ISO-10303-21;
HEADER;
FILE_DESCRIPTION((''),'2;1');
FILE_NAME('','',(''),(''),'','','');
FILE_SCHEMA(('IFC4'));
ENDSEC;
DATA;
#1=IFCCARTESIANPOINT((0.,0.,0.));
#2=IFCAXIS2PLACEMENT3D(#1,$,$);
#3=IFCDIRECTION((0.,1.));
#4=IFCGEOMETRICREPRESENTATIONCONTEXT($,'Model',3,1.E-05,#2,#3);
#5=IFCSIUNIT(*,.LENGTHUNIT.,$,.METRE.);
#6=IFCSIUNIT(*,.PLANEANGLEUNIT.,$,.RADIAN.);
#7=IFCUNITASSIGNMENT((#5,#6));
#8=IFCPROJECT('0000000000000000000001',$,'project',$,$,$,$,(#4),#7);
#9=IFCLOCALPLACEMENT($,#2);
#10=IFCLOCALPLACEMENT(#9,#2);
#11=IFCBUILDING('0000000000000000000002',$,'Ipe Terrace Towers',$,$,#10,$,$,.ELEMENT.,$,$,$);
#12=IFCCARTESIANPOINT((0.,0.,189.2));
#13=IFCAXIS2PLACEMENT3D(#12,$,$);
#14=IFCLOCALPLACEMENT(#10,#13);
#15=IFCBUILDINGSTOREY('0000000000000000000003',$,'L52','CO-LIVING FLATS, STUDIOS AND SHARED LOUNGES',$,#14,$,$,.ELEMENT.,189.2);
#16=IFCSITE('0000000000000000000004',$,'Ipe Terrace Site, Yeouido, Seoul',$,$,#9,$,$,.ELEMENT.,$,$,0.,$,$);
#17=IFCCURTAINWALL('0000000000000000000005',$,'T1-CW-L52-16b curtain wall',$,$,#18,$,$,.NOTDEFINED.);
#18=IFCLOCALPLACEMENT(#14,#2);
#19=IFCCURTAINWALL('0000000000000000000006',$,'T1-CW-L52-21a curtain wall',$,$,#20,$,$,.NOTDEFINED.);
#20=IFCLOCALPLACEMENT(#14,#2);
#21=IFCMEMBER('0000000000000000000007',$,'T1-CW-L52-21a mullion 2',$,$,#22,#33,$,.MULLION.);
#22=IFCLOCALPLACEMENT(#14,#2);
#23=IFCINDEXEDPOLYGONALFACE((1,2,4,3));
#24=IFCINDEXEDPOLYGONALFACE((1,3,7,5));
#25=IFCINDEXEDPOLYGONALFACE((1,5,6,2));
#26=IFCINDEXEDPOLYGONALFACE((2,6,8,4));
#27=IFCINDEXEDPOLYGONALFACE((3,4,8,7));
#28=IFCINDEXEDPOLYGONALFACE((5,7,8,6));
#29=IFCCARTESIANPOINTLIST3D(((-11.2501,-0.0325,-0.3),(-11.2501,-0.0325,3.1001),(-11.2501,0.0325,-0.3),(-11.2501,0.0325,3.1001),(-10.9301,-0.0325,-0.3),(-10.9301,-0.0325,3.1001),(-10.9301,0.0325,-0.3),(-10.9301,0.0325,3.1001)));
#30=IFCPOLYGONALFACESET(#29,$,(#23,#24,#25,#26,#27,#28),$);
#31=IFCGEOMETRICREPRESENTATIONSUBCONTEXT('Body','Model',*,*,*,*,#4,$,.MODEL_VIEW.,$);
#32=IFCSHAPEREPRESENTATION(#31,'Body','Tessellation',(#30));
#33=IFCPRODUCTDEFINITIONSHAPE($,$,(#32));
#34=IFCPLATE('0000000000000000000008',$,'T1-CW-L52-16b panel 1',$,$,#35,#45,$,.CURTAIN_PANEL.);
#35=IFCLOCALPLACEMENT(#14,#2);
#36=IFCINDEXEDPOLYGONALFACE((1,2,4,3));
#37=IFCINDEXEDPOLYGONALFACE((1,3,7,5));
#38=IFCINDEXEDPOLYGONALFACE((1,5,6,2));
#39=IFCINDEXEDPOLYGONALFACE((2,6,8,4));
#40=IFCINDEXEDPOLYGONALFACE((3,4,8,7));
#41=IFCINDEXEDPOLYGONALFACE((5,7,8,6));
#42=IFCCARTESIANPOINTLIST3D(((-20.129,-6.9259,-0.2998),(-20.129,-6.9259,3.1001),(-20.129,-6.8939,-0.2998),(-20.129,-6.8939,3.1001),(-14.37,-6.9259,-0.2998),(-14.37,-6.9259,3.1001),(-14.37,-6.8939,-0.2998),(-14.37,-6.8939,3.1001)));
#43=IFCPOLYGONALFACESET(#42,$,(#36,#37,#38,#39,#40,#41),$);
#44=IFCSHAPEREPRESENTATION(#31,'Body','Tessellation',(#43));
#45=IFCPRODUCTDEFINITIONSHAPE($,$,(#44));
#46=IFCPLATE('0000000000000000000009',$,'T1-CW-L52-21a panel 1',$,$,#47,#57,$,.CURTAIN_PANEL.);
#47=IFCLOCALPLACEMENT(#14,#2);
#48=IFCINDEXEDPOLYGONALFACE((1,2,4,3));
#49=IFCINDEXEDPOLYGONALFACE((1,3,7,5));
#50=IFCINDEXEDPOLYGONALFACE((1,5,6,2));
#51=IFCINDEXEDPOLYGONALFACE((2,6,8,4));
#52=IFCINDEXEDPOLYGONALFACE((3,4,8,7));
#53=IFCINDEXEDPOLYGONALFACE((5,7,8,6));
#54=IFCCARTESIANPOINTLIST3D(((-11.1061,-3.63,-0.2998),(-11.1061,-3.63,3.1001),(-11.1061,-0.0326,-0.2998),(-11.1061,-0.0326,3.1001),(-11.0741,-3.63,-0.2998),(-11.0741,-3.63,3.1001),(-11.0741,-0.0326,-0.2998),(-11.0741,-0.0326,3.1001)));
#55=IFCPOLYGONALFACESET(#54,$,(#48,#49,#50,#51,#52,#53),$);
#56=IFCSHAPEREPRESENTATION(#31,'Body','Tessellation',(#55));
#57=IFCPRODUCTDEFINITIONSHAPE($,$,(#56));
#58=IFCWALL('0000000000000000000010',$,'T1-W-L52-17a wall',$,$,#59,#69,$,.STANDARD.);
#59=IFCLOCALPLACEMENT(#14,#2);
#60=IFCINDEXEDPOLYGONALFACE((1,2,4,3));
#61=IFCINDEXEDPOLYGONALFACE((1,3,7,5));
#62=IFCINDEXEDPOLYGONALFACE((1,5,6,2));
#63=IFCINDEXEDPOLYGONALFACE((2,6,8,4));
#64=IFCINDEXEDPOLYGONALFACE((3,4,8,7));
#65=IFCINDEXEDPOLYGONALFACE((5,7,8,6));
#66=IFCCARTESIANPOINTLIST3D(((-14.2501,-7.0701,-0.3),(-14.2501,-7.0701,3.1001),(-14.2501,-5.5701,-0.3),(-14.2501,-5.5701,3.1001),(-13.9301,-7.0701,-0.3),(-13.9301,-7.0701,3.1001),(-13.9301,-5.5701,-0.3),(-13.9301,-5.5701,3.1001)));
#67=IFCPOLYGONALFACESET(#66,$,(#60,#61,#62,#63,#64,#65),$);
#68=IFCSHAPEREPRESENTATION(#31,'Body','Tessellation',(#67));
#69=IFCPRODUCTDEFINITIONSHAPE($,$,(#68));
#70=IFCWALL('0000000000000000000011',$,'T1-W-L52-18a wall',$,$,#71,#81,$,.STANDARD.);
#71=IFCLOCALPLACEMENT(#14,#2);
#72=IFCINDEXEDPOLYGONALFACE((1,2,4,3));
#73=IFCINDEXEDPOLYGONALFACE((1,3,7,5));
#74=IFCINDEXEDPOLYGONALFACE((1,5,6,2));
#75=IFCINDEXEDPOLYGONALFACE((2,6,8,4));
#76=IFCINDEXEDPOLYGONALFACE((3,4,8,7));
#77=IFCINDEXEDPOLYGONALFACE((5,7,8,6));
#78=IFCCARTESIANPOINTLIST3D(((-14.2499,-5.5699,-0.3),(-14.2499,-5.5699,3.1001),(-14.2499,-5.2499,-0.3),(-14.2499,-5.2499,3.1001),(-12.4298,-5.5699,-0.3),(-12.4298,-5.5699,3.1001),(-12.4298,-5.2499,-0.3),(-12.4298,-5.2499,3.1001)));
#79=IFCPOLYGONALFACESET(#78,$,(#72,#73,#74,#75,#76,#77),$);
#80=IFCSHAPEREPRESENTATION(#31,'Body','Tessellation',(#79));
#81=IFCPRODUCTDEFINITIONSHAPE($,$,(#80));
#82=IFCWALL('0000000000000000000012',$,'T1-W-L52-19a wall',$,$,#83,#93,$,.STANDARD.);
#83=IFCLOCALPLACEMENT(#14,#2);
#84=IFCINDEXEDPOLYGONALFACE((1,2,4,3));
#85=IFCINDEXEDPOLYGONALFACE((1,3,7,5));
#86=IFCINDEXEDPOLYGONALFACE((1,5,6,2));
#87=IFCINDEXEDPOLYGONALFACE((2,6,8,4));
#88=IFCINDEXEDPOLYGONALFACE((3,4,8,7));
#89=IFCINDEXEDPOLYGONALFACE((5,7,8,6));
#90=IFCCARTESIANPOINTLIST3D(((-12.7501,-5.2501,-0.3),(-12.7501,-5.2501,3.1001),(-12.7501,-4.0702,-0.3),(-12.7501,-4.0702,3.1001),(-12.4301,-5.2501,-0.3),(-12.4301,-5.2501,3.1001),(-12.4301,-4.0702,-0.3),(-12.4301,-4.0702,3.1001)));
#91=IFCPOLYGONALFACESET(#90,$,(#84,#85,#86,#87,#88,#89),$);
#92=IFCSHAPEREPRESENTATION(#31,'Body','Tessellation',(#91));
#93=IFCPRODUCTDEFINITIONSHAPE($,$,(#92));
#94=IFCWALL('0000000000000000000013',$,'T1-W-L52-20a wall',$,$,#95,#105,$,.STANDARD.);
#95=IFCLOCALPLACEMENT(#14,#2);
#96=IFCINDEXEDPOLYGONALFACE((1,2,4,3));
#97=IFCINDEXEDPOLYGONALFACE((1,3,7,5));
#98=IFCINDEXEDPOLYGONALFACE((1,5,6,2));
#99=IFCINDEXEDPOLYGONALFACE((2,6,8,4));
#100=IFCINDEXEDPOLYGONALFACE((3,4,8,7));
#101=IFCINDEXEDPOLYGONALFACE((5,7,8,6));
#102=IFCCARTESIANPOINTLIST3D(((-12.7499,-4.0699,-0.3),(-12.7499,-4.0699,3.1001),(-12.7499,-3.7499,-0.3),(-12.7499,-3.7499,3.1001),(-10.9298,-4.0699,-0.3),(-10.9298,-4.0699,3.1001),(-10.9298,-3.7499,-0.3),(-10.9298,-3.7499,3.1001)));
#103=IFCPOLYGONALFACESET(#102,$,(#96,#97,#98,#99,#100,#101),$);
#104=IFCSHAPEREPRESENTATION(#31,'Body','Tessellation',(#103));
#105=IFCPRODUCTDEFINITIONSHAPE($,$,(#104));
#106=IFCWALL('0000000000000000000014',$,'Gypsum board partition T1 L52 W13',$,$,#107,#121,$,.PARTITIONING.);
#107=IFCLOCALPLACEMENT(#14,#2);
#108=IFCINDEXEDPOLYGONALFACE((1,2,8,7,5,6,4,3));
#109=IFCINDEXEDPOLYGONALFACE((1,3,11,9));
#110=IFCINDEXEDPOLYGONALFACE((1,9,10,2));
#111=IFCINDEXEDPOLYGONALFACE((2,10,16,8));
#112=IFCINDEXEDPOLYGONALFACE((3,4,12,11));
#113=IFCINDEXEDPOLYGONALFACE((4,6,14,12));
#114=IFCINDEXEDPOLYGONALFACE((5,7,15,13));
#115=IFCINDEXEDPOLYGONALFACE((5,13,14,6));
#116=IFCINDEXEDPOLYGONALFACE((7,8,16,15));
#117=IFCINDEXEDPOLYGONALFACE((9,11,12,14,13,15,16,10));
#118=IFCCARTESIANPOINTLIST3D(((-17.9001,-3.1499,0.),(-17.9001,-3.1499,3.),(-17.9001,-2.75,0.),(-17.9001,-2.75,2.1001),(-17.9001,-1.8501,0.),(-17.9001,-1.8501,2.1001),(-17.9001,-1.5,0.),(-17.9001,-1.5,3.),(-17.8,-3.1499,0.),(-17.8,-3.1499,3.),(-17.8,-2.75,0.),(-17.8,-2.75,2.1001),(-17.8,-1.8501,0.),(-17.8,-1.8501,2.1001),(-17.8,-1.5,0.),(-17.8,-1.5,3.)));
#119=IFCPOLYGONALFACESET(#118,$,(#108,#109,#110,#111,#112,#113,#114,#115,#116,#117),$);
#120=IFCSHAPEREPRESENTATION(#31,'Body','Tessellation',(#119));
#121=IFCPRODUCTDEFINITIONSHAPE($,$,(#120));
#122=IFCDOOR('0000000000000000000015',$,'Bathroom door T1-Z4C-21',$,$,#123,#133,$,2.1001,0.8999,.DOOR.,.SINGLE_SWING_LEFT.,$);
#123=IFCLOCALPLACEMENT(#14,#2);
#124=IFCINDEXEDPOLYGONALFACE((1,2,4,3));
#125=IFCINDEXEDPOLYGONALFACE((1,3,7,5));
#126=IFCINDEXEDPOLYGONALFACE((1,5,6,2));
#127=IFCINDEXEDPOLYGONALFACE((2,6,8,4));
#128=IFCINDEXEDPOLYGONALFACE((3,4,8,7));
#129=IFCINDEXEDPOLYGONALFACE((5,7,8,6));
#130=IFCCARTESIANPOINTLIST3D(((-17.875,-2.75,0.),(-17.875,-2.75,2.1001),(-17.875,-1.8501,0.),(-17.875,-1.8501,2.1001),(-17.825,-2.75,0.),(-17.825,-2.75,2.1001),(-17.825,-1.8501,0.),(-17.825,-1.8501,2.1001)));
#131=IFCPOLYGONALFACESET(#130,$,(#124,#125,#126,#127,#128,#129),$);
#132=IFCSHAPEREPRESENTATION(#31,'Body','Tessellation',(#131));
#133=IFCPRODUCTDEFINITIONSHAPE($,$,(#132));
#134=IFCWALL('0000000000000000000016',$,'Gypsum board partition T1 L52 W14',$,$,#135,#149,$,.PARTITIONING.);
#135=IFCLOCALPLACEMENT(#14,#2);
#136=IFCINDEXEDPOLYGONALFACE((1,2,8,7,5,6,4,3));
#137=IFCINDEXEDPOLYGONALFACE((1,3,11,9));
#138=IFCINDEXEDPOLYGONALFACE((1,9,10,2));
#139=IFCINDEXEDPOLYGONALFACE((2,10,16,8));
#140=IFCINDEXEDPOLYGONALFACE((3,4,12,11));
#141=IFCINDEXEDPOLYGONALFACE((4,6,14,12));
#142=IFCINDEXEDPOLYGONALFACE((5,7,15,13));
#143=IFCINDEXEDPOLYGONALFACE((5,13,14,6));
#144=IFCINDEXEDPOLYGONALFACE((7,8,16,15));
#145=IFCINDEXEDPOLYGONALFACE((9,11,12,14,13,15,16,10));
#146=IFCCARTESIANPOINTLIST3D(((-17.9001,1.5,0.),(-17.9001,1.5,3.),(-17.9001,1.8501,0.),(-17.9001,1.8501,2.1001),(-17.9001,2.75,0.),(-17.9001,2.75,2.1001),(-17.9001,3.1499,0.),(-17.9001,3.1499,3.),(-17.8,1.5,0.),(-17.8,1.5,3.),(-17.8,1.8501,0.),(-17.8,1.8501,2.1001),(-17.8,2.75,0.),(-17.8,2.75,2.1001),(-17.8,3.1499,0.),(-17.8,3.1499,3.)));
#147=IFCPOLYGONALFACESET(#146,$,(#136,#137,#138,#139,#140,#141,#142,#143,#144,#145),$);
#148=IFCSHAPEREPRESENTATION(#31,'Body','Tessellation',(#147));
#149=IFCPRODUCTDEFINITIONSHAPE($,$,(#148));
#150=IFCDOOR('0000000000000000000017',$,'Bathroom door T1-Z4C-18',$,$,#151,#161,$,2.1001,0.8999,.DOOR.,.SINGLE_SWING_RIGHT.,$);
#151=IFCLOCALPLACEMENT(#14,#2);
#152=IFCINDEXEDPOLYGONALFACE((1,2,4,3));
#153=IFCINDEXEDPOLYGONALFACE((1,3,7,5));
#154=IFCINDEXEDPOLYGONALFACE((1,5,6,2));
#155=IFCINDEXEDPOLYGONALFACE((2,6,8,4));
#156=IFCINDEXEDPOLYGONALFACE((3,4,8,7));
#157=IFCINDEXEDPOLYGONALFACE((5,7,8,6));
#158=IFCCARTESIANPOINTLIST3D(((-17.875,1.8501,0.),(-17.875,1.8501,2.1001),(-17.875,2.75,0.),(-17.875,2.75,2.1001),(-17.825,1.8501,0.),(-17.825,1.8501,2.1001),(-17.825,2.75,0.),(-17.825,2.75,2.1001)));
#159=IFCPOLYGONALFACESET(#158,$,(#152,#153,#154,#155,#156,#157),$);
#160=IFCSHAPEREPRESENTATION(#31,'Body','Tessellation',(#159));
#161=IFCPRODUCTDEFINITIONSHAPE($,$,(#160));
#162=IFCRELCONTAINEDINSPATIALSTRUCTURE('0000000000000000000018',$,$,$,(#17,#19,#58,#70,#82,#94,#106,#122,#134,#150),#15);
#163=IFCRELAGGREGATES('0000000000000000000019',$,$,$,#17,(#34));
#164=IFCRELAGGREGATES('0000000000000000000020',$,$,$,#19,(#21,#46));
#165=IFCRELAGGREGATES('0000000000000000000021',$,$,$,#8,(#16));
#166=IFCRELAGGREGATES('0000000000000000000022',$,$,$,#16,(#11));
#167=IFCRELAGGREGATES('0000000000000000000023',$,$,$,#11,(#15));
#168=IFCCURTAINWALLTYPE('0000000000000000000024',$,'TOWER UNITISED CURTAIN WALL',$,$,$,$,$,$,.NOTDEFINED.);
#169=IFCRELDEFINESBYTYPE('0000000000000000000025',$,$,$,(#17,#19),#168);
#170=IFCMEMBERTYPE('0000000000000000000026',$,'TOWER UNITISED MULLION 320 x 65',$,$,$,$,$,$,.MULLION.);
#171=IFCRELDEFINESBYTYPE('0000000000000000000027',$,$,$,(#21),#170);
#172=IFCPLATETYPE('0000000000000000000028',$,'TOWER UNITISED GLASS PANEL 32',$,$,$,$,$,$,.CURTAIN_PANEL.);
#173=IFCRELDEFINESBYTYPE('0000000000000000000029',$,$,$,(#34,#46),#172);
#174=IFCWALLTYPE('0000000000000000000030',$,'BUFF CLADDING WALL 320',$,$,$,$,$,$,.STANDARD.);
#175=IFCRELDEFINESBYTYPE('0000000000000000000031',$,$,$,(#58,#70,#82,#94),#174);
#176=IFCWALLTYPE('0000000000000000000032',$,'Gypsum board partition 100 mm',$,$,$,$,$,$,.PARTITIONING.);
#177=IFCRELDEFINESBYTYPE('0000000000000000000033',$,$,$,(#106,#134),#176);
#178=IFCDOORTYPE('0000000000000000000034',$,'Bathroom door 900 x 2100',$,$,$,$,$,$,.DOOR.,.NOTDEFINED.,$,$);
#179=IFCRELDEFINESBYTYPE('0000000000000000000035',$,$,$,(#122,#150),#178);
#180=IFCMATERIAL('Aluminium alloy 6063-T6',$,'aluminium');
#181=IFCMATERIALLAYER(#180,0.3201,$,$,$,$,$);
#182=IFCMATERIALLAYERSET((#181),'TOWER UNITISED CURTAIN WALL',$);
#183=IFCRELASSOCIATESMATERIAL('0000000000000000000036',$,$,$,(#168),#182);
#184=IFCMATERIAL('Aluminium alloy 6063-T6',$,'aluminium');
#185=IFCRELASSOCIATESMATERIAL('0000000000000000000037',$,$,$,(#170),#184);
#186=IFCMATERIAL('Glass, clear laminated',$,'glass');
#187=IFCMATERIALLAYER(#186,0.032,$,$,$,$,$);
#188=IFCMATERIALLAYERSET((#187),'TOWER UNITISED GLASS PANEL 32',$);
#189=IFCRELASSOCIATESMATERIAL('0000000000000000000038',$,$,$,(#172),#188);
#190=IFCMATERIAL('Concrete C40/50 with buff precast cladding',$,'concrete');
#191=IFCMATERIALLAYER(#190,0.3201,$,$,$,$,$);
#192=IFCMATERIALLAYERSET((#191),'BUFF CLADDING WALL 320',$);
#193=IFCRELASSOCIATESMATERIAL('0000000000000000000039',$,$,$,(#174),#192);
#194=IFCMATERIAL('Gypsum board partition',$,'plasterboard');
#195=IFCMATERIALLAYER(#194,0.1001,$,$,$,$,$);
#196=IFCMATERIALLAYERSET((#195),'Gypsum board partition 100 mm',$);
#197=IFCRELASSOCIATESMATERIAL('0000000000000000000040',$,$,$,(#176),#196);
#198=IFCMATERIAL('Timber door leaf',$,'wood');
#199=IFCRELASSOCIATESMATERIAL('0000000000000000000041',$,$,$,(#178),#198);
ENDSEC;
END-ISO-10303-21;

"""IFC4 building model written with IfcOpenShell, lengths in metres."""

from ifc_helpers import new_model, si_unit, direction, frame, frame_2d, origin, origin_2d, place, context, subcontext, project, spatial, rectangle, extrude, material, layer, layer_set, material_profile, profile_set, type_object, element, fill, aggregate, save


model = new_model("IFC4")

# Units and contexts
model_context = context("Model", 3, precision=1e-05, world=origin(), true_north=direction((0.0, 1.0)))
body_context = subcontext(model_context, "Body", "Model", "MODEL_VIEW")
ifc_project = project(units=[si_unit("LENGTHUNIT", "METRE"), si_unit("PLANEANGLEUNIT", "RADIAN")], contexts=[model_context])

# Site, building, storey
site_placement = place(None, origin())
site = spatial("IfcSite", under=ifc_project, at=site_placement, Name="Ipe Terrace Site, Yeouido, Seoul", CompositionType="ELEMENT", RefElevation=0.0)
building_placement = place(site_placement, origin())
building = spatial("IfcBuilding", under=site, at=building_placement, Name="Ipe Terrace Towers", CompositionType="ELEMENT")
storey_placement = place(building_placement, frame((0.0, 0.0, 189.2)))
storey = spatial("IfcBuildingStorey", under=building, at=storey_placement, Name="L52", Description="CO-LIVING FLATS, STUDIOS AND SHARED LOUNGES", CompositionType="ELEMENT", Elevation=189.2)

# Curtain wall
ifc_material_1 = material(Name="Aluminium alloy 6063-T6", Category="aluminium")
ifc_layer_1 = layer(ifc_material_1, 0.3201)
ifc_layer_set_1 = layer_set([ifc_layer_1], Name="TOWER UNITISED CURTAIN WALL")
curtain_wall_type = type_object("IfcCurtainWallType", Name="TOWER UNITISED CURTAIN WALL", PredefinedType="NOTDEFINED", material=ifc_layer_set_1)
curtain_wall_1_placement = place(storey_placement, origin())
curtain_wall_1 = element("IfcCurtainWall", 1, at=curtain_wall_1_placement, inside=storey, type_object=curtain_wall_type, Name="T1-CW-L52-16b curtain wall", PredefinedType="NOTDEFINED")

# Curtain wall, member
curtain_wall_2_placement = place(storey_placement, origin())
curtain_wall_2 = element("IfcCurtainWall", 2, at=curtain_wall_2_placement, inside=storey, type_object=curtain_wall_type, Name="T1-CW-L52-21a curtain wall", PredefinedType="NOTDEFINED")
ifc_material_2 = material(Name="Aluminium alloy 6063-T6", Category="aluminium")
ifc_material_profile_1 = material_profile(ifc_material_2, rectangle(XDim=0.3201, YDim=0.0649, at=origin_2d()), Name="TOWER UNITISED MULLION 320 x 65")
ifc_profile_set_1 = profile_set([ifc_material_profile_1], Name="Aluminium alloy 6063-T6")
member_type_1 = type_object("IfcMemberType", Name="TOWER UNITISED MULLION 320 x 65", PredefinedType="MULLION", material=ifc_profile_set_1)
member_1_placement = place(storey_placement, frame((-11.0901, 0.0, -0.3), z_axis=(0.0, 0.0, 1.0), x_axis=(1.0, 0.0, 0.0)))
member_1 = element("IfcMember", 3, at=member_1_placement, type_object=member_type_1, Name="T1-CW-L52-21a mullion 2", PredefinedType="MULLION", context=body_context, shape_type="SweptSolid", body=[
    extrude(rectangle(XDim=0.3201, YDim=0.0649, at=origin_2d()), origin(), (0.0, 0.0, 1.0), 3.4001),
])

# Plates
ifc_material_3 = material(Name="Glass, clear laminated", Category="glass")
ifc_layer_2 = layer(ifc_material_3, 0.032)
ifc_layer_set_2 = layer_set([ifc_layer_2], Name="TOWER UNITISED GLASS PANEL 32")
plate_type = type_object("IfcPlateType", Name="TOWER UNITISED GLASS PANEL 32", PredefinedType="CURTAIN_PANEL", material=ifc_layer_set_2)
plate_1_placement = place(storey_placement, frame((-17.2495, -6.9099, -0.2998), z_axis=(0.0, 0.0, 1.0), x_axis=(1.0, 0.0, 0.0)))
plate_1 = element("IfcPlate", 4, at=plate_1_placement, type_object=plate_type, Name="T1-CW-L52-16b panel 1", PredefinedType="CURTAIN_PANEL", context=body_context, shape_type="SweptSolid", body=[
    extrude(rectangle(XDim=5.759, YDim=0.032, at=origin_2d()), origin(), (0.0, 0.0, 1.0), 3.3999),
])
aggregate(curtain_wall_1, [plate_1])
plate_2_placement = place(storey_placement, frame((-11.0901, -1.8313, -0.2998), z_axis=(0.0, 0.0, 1.0), x_axis=(0.0, 1.0, 0.0)))
plate_2 = element("IfcPlate", 5, at=plate_2_placement, type_object=plate_type, Name="T1-CW-L52-21a panel 1", PredefinedType="CURTAIN_PANEL", context=body_context, shape_type="SweptSolid", body=[
    extrude(rectangle(XDim=3.5974, YDim=0.032, at=origin_2d()), origin(), (0.0, 0.0, 1.0), 3.3999),
])
aggregate(curtain_wall_2, [member_1, plate_2])

# Walls
ifc_material_4 = material(Name="Concrete C40/50 with buff precast cladding", Category="concrete")
ifc_layer_3 = layer(ifc_material_4, 0.3201)
ifc_layer_set_3 = layer_set([ifc_layer_3], Name="BUFF CLADDING WALL 320")
wall_type_1 = type_object("IfcWallType", Name="BUFF CLADDING WALL 320", PredefinedType="STANDARD", material=ifc_layer_set_3)
wall_1_placement = place(storey_placement, frame((-14.0901, -7.0701, -0.3), z_axis=(0.0, 0.0, 1.0), x_axis=(0.0, 1.0, 0.0)))
element("IfcWall", 6, at=wall_1_placement, inside=storey, type_object=wall_type_1, Name="T1-W-L52-17a wall", PredefinedType="STANDARD", context=body_context, shape_type="SweptSolid", body=[
    extrude(rectangle(XDim=1.5, YDim=0.3201, at=frame_2d((0.75, 0.0))), origin(), (0.0, 0.0, 1.0), 3.4001),
])
wall_2_placement = place(storey_placement, frame((-14.25, -5.4099, -0.3), z_axis=(0.0, 0.0, 1.0), x_axis=(1.0, 0.0, 0.0)))
element("IfcWall", 7, at=wall_2_placement, inside=storey, type_object=wall_type_1, Name="T1-W-L52-18a wall", PredefinedType="STANDARD", context=body_context, shape_type="SweptSolid", body=[
    extrude(rectangle(XDim=1.8201, YDim=0.3201, at=frame_2d((0.9102, 0.0))), origin(), (0.0, 0.0, 1.0), 3.4001),
])
wall_3_placement = place(storey_placement, frame((-12.5901, -5.25, -0.3), z_axis=(0.0, 0.0, 1.0), x_axis=(0.0, 1.0, 0.0)))
element("IfcWall", 8, at=wall_3_placement, inside=storey, type_object=wall_type_1, Name="T1-W-L52-19a wall", PredefinedType="STANDARD", context=body_context, shape_type="SweptSolid", body=[
    extrude(rectangle(XDim=1.1799, YDim=0.3201, at=frame_2d((0.5898, 0.0))), origin(), (0.0, 0.0, 1.0), 3.4001),
])
wall_4_placement = place(storey_placement, frame((-12.75, -3.9099, -0.3), z_axis=(0.0, 0.0, 1.0), x_axis=(1.0, 0.0, 0.0)))
element("IfcWall", 9, at=wall_4_placement, inside=storey, type_object=wall_type_1, Name="T1-W-L52-20a wall", PredefinedType="STANDARD", context=body_context, shape_type="SweptSolid", body=[
    extrude(rectangle(XDim=1.8201, YDim=0.3201, at=frame_2d((0.9102, 0.0))), origin(), (0.0, 0.0, 1.0), 3.4001),
])

# Walls, openings, doors
ifc_material_5 = material(Name="Gypsum board partition", Category="plasterboard")
ifc_layer_4 = layer(ifc_material_5, 0.1001)
ifc_layer_set_4 = layer_set([ifc_layer_4], Name="Gypsum board partition 100 mm")
wall_type_2 = type_object("IfcWallType", Name="Gypsum board partition 100 mm", PredefinedType="PARTITIONING", material=ifc_layer_set_4)
wall_5_placement = place(storey_placement, frame((-17.8501, -3.1499, 0.0), z_axis=(0.0, 0.0, 1.0), x_axis=(0.0, 1.0, 0.0)))
wall_5 = element("IfcWall", 10, at=wall_5_placement, inside=storey, type_object=wall_type_2, Name="Gypsum board partition T1 L52 W13", PredefinedType="PARTITIONING", context=body_context, shape_type="SweptSolid", body=[
    extrude(rectangle(XDim=1.6499, YDim=0.1001, at=frame_2d((0.825, 0.0))), origin(), (0.0, 0.0, 1.0), 3.0),
])
opening_1_placement = place(wall_5_placement, frame((0.3999, 0.0, 0.0)))
opening_1 = element("IfcOpeningElement", 11, at=opening_1_placement, cuts=wall_5, PredefinedType="OPENING", context=body_context, shape_type="SweptSolid", body=[
    extrude(rectangle(XDim=0.8999, YDim=2.1001, at=frame_2d((0.45, 1.05))), frame((0.0, 0.0601, 0.0), z_axis=(0.0, -1.0, 0.0), x_axis=(1.0, 0.0, 0.0)), (0.0, 0.0, 1.0), 0.1201),
])
ifc_material_6 = material(Name="Timber door leaf", Category="wood")
door_type_1 = type_object("IfcDoorType", Name="Bathroom door 900 x 2100", OperationType="NOTDEFINED", PredefinedType="DOOR", material=ifc_material_6)
door_1_placement = place(opening_1_placement, origin())
door_1 = element("IfcDoor", 12, at=door_1_placement, inside=storey, type_object=door_type_1, Name="Bathroom door T1-Z4C-21", OperationType="SINGLE_SWING_LEFT", OverallHeight=2.1001, OverallWidth=0.8999, PredefinedType="DOOR", context=body_context, shape_type="SweptSolid", body=[
    extrude(rectangle(XDim=0.8999, YDim=2.1001, at=frame_2d((0.45, 1.05))), frame((0.0, 0.0249, 0.0), z_axis=(0.0, -1.0, 0.0), x_axis=(1.0, 0.0, 0.0)), (0.0, 0.0, 1.0), 0.05),
])
fill(opening_1, door_1)
wall_6_placement = place(storey_placement, frame((-17.8501, 1.5, 0.0), z_axis=(0.0, 0.0, 1.0), x_axis=(0.0, 1.0, 0.0)))
wall_6 = element("IfcWall", 13, at=wall_6_placement, inside=storey, type_object=wall_type_2, Name="Gypsum board partition T1 L52 W14", PredefinedType="PARTITIONING", context=body_context, shape_type="SweptSolid", body=[
    extrude(rectangle(XDim=1.6499, YDim=0.1001, at=frame_2d((0.825, 0.0))), origin(), (0.0, 0.0, 1.0), 3.0),
])
opening_2_placement = place(wall_6_placement, frame((0.3501, 0.0, 0.0)))
opening_2 = element("IfcOpeningElement", 14, at=opening_2_placement, cuts=wall_6, PredefinedType="OPENING", context=body_context, shape_type="SweptSolid", body=[
    extrude(rectangle(XDim=0.8999, YDim=2.1001, at=frame_2d((0.45, 1.05))), frame((0.0, 0.0601, 0.0), z_axis=(0.0, -1.0, 0.0), x_axis=(1.0, 0.0, 0.0)), (0.0, 0.0, 1.0), 0.1201),
])
door_2_placement = place(opening_2_placement, origin())
door_2 = element("IfcDoor", 15, at=door_2_placement, inside=storey, type_object=door_type_1, Name="Bathroom door T1-Z4C-18", OperationType="SINGLE_SWING_RIGHT", OverallHeight=2.1001, OverallWidth=0.8999, PredefinedType="DOOR", context=body_context, shape_type="SweptSolid", body=[
    extrude(rectangle(XDim=0.8999, YDim=2.1001, at=frame_2d((0.45, 1.05))), frame((0.0, 0.0249, 0.0), z_axis=(0.0, -1.0, 0.0), x_axis=(1.0, 0.0, 0.0)), (0.0, 0.0, 1.0), 0.05),
])
fill(opening_2, door_2)

save(model, "model.ifc")
